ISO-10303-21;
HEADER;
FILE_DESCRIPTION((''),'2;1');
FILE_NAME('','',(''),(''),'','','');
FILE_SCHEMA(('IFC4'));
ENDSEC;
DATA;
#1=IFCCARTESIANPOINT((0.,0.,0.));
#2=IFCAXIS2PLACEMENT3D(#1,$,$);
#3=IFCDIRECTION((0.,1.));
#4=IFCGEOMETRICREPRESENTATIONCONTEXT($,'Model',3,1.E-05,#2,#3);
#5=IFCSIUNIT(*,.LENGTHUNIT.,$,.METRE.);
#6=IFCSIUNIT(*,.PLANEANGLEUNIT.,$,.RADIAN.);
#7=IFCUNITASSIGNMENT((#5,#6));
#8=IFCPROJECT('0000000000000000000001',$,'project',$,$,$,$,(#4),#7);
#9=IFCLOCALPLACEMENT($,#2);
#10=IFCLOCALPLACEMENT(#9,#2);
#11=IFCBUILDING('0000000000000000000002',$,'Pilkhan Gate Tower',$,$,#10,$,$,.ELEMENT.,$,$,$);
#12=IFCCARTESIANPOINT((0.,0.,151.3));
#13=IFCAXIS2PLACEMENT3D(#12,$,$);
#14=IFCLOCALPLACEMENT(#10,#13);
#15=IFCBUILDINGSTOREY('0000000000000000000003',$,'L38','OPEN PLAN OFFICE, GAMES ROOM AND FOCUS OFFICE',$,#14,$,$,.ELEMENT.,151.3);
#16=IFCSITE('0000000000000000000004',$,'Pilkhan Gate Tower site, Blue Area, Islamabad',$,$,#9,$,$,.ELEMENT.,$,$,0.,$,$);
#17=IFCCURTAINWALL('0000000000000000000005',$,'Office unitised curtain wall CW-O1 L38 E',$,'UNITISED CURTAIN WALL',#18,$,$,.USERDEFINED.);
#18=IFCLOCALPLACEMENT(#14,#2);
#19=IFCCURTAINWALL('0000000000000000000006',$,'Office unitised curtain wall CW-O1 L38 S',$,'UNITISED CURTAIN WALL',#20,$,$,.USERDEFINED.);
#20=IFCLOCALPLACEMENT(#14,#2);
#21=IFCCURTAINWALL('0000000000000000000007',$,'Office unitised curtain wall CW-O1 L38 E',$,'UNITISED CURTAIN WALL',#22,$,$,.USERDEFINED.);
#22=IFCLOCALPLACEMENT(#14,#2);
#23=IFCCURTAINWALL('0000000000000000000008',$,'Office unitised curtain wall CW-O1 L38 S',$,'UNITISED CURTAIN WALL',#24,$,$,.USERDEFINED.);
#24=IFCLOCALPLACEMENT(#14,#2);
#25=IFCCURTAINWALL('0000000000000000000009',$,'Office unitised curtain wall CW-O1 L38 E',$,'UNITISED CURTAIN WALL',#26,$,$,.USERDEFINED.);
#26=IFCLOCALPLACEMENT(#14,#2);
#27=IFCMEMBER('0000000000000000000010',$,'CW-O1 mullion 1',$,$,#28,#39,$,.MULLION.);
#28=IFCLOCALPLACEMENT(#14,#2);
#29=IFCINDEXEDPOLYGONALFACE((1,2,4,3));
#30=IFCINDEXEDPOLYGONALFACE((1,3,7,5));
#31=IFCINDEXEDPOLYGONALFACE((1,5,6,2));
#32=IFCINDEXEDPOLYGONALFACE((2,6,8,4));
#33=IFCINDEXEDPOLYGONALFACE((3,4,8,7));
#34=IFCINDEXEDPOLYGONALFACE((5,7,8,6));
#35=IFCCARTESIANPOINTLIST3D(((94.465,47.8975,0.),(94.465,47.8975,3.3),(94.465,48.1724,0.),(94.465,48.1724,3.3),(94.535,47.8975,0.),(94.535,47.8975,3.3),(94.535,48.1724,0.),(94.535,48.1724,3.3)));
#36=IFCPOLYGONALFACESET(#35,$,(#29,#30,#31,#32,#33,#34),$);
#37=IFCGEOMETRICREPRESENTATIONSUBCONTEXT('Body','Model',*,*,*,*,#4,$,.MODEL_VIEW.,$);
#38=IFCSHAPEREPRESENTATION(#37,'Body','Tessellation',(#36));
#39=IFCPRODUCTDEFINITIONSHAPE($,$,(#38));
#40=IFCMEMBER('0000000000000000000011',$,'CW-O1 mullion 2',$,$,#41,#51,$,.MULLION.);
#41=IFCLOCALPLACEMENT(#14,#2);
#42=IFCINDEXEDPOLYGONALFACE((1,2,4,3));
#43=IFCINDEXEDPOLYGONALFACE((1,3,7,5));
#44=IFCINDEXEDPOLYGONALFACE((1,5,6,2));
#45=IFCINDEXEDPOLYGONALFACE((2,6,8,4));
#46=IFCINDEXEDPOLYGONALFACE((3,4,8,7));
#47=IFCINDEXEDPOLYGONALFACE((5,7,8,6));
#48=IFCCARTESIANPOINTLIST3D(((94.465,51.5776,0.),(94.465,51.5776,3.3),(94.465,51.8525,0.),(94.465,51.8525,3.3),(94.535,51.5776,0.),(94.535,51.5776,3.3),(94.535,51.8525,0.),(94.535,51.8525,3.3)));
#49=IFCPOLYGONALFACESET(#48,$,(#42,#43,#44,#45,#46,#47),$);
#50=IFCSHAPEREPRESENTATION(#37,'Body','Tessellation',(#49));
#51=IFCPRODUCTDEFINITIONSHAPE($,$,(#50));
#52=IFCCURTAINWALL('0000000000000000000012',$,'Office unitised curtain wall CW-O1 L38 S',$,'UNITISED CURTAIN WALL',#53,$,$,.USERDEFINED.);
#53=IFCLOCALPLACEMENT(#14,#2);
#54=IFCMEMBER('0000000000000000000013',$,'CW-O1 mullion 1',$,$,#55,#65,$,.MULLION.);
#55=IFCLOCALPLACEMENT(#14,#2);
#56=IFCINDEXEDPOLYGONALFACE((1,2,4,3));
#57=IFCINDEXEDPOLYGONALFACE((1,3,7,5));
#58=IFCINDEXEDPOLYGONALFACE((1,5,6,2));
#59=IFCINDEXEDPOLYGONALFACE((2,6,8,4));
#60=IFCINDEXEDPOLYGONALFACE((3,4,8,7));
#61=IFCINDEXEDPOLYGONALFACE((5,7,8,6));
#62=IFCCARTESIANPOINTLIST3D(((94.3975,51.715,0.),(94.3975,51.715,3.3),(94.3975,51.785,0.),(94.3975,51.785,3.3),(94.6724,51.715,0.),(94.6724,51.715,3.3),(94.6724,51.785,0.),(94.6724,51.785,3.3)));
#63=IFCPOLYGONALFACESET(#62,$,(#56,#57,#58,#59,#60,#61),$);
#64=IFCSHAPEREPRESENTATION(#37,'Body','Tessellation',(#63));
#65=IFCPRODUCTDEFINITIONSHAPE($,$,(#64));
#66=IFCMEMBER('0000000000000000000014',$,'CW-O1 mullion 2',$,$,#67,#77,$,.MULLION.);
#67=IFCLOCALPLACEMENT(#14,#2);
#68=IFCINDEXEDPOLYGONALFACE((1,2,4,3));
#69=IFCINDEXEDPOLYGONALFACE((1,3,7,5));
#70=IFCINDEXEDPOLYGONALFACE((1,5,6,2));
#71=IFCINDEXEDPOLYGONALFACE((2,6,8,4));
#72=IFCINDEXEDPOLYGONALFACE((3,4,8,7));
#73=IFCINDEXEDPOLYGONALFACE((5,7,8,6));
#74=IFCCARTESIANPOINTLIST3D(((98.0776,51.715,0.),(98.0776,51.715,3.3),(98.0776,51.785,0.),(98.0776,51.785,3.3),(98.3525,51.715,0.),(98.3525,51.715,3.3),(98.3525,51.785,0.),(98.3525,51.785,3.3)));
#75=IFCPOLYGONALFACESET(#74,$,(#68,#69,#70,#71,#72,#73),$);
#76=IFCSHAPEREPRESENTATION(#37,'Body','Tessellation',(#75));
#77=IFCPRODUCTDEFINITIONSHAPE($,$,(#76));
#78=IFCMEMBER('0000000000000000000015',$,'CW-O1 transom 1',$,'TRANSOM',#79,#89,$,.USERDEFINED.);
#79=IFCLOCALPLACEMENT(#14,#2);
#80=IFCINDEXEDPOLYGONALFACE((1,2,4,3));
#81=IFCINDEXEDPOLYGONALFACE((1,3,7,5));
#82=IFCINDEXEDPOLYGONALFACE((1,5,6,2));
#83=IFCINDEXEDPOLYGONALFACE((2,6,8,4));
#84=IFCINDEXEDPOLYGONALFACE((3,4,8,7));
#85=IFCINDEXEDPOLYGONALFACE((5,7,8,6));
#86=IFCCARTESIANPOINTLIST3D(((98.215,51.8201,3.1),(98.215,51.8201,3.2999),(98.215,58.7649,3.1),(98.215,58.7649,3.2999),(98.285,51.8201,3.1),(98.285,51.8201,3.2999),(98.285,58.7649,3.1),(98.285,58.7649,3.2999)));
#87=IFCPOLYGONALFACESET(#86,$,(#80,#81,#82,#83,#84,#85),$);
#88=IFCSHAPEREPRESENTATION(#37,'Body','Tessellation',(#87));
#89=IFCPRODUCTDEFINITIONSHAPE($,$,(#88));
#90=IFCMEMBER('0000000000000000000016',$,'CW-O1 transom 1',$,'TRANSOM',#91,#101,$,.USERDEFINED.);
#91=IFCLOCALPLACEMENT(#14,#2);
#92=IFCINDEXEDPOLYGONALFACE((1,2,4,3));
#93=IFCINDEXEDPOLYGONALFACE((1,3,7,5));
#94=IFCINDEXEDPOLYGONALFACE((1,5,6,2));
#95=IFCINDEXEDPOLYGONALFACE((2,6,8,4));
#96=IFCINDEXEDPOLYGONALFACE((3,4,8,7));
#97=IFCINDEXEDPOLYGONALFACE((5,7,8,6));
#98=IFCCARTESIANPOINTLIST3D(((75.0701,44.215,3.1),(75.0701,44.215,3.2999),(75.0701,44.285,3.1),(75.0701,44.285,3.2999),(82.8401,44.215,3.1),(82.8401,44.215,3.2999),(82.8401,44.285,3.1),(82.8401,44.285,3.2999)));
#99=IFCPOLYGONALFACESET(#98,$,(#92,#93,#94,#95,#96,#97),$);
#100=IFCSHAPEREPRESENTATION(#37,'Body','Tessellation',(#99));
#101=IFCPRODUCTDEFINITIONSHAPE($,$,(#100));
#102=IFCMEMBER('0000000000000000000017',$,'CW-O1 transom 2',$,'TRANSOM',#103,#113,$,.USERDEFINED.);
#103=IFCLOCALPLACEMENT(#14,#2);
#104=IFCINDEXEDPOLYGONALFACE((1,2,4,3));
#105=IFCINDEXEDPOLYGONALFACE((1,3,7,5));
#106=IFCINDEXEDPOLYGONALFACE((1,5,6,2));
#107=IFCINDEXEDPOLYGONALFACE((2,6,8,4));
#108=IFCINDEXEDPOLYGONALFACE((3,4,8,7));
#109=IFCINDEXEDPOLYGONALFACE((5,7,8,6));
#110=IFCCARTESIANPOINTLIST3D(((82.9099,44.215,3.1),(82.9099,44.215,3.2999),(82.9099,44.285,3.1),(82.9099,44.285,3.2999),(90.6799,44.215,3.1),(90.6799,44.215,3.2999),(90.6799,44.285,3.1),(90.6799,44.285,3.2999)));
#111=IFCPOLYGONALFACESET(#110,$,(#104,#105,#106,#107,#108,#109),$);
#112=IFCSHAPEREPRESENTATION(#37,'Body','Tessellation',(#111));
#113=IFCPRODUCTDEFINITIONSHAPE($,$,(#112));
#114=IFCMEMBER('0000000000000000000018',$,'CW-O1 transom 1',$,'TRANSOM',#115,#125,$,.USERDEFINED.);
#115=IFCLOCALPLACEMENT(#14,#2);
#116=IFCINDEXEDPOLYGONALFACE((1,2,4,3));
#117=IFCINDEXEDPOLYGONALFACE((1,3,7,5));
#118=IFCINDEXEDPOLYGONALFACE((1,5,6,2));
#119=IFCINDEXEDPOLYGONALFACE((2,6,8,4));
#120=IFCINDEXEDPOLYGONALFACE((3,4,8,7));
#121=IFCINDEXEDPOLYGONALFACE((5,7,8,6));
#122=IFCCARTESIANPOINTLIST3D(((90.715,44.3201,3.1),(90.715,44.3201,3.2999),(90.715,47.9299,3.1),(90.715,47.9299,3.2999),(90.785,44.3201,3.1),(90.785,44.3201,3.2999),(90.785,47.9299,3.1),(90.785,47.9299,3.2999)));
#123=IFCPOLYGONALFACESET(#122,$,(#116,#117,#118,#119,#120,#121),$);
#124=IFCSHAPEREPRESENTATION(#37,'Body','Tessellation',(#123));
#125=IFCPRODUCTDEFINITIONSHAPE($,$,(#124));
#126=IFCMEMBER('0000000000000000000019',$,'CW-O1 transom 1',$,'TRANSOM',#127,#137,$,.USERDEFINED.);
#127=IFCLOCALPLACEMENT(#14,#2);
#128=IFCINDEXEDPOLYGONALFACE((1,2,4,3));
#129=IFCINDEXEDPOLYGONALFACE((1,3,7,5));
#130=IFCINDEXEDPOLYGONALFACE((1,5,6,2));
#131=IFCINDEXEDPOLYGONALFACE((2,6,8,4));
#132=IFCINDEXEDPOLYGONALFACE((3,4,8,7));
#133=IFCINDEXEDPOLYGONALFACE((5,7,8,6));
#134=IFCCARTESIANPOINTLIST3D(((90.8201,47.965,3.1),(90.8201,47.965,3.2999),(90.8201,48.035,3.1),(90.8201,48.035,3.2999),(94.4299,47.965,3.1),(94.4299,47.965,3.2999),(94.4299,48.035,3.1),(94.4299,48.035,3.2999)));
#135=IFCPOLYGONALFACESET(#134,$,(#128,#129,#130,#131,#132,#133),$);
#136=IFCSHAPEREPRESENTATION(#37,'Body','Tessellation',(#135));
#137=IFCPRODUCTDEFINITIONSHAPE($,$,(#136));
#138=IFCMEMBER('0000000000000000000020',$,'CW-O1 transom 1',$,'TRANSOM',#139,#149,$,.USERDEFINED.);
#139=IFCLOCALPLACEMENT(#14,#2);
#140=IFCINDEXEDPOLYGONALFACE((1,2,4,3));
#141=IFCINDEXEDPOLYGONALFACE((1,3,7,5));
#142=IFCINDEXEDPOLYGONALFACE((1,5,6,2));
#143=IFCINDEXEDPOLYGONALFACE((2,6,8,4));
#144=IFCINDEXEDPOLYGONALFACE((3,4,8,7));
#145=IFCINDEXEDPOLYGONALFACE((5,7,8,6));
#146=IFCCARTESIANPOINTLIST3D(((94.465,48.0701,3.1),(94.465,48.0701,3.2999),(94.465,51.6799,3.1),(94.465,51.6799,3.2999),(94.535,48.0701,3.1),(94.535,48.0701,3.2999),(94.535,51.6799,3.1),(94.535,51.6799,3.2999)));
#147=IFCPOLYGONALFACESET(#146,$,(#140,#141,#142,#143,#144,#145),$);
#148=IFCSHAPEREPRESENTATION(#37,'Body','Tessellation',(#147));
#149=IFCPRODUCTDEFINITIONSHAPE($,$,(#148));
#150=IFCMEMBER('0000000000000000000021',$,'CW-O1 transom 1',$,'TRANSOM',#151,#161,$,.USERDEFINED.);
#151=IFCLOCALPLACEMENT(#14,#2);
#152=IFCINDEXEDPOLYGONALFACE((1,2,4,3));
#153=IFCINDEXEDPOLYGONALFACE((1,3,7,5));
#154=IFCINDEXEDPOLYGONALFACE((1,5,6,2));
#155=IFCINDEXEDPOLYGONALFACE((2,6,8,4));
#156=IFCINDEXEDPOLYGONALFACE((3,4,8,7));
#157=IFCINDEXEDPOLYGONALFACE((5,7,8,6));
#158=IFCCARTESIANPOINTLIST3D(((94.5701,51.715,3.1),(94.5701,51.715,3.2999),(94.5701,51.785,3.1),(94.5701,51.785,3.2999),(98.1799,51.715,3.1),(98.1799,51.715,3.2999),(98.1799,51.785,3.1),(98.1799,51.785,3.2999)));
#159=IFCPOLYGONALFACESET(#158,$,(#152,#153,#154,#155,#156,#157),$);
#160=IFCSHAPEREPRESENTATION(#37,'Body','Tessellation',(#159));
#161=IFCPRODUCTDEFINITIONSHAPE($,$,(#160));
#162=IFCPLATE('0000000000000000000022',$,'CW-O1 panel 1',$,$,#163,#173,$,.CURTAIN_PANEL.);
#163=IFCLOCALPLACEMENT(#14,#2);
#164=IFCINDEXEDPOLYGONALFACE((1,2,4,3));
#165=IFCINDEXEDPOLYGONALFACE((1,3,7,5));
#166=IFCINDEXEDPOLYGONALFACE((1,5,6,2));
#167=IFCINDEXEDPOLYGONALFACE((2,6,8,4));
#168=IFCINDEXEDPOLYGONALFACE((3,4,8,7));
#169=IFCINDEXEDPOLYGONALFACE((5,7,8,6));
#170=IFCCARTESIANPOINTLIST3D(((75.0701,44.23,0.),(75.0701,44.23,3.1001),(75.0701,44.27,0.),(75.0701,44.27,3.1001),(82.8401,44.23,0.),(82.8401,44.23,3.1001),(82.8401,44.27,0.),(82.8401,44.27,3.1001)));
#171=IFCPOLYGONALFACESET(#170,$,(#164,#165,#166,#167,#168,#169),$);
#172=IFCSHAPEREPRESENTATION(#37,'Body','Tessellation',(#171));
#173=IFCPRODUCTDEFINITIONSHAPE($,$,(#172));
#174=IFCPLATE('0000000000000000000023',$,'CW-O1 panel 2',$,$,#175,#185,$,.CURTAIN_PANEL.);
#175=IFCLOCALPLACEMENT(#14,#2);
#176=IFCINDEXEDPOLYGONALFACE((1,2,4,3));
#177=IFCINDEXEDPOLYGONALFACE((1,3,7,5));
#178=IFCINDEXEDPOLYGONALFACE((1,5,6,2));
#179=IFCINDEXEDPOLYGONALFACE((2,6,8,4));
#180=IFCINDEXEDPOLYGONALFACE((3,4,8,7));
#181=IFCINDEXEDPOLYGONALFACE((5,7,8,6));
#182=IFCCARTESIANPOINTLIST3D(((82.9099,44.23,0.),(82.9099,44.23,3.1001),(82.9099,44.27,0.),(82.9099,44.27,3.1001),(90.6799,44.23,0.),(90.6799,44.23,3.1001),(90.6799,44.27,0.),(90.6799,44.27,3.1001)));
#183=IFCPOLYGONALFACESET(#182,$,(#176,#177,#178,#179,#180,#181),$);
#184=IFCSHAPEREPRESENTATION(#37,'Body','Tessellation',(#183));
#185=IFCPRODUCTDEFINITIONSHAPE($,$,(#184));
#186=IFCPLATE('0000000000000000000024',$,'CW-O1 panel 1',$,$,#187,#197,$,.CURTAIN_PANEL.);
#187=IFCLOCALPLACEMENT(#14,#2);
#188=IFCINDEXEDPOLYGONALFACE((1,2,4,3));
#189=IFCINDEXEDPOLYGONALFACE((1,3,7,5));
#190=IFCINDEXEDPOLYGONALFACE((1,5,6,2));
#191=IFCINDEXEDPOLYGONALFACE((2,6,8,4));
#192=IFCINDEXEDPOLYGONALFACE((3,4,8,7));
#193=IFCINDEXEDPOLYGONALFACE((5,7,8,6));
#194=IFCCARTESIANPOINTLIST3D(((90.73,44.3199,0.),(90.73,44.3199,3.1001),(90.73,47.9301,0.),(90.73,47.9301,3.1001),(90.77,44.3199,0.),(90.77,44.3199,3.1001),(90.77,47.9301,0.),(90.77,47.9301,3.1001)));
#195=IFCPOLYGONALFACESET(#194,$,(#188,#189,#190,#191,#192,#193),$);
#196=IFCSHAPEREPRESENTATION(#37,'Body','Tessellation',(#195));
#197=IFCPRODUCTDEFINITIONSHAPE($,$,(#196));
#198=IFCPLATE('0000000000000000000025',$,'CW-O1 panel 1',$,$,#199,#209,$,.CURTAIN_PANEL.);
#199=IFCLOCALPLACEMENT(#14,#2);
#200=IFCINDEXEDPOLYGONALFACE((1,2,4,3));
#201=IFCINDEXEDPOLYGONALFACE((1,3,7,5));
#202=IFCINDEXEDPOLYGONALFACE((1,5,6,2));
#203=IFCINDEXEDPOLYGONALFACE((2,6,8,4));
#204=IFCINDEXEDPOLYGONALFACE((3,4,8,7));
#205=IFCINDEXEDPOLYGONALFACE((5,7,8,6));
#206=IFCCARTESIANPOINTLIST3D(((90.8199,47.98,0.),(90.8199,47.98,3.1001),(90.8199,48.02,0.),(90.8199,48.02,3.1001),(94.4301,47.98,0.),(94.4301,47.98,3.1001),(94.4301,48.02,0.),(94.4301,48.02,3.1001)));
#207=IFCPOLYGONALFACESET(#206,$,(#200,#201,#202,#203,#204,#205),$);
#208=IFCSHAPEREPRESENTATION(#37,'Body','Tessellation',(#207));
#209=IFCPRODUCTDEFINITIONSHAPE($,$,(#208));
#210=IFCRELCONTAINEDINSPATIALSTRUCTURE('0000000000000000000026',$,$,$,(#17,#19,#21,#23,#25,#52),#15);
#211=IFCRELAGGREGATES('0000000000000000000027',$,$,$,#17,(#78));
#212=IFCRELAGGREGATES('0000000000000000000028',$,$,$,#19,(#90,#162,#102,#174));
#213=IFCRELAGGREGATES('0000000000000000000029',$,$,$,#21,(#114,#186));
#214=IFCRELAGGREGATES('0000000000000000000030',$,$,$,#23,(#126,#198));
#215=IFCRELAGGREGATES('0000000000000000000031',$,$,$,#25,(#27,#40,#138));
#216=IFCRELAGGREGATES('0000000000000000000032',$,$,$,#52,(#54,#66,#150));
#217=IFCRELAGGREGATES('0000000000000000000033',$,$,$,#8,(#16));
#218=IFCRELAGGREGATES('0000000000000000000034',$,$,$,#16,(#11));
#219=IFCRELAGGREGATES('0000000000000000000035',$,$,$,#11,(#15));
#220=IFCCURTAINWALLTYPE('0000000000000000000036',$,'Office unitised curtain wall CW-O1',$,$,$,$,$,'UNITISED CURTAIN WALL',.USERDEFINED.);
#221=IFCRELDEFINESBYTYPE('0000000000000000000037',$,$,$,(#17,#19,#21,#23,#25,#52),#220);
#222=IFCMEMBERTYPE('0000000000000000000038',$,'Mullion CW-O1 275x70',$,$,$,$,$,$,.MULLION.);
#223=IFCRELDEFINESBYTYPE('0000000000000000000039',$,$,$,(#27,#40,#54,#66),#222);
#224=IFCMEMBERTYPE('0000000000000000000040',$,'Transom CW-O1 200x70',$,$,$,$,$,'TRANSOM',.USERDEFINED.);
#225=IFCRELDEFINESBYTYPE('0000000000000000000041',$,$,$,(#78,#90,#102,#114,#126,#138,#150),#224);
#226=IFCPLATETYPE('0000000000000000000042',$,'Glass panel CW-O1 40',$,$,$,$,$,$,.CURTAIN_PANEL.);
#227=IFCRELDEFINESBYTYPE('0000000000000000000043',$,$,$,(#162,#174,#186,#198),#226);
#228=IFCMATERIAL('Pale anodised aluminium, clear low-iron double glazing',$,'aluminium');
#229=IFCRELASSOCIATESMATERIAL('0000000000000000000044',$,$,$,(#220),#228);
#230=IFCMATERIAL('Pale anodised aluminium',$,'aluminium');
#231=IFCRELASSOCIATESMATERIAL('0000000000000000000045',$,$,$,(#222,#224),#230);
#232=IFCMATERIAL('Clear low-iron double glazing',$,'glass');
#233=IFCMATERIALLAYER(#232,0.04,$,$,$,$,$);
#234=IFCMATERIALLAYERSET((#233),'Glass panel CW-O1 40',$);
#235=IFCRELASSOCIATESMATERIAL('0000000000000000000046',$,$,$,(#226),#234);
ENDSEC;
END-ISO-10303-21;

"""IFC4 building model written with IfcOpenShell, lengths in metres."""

from ifc_helpers import new_model, si_unit, direction, frame, origin, origin_2d, place, context, subcontext, project, spatial, rectangle, extrude, material, layer, layer_set, material_profile, profile_set, type_object, element, aggregate, save


model = new_model("IFC4")

# Units and contexts
model_context = context("Model", 3, precision=1e-05, world=origin(), true_north=direction((0.0, 1.0)))
body_context = subcontext(model_context, "Body", "Model", "MODEL_VIEW")
ifc_project = project(units=[si_unit("LENGTHUNIT", "METRE"), si_unit("PLANEANGLEUNIT", "RADIAN")], contexts=[model_context])

# Site, building, storey
site_placement = place(None, origin())
site = spatial("IfcSite", under=ifc_project, at=site_placement, Name="Pilkhan Gate Tower site, Blue Area, Islamabad", CompositionType="ELEMENT", RefElevation=0.0)
building_placement = place(site_placement, origin())
building = spatial("IfcBuilding", under=site, at=building_placement, Name="Pilkhan Gate Tower", CompositionType="ELEMENT")
storey_placement = place(building_placement, frame((0.0, 0.0, 151.3)))
storey = spatial("IfcBuildingStorey", under=building, at=storey_placement, Name="L38", Description="OPEN PLAN OFFICE, GAMES ROOM AND FOCUS OFFICE", CompositionType="ELEMENT", Elevation=151.3)

# Curtain wall
ifc_material_1 = material(Name="Pale anodised aluminium, clear low-iron double glazing", Category="aluminium")
curtain_wall_type = type_object("IfcCurtainWallType", Name="Office unitised curtain wall CW-O1", ElementType="UNITISED CURTAIN WALL", PredefinedType="USERDEFINED", material=ifc_material_1)
curtain_wall_1_placement = place(storey_placement, origin())
curtain_wall_1 = element("IfcCurtainWall", 1, at=curtain_wall_1_placement, inside=storey, type_object=curtain_wall_type, Name="Office unitised curtain wall CW-O1 L38 E", ObjectType="UNITISED CURTAIN WALL", PredefinedType="USERDEFINED")
ifc_material_2 = material(Name="Pale anodised aluminium", Category="aluminium")
ifc_material_profile_1 = material_profile(ifc_material_2, rectangle(XDim=0.0701, YDim=0.2749, at=origin_2d()), Name="Mullion 275x70")
ifc_profile_set_1 = profile_set([ifc_material_profile_1], Name="Pale anodised aluminium")
member_type_1 = type_object("IfcMemberType", Name="Mullion CW-O1 275x70", PredefinedType="MULLION", material=ifc_profile_set_1)

# Curtain walls, members
curtain_wall_2_placement = place(storey_placement, origin())
curtain_wall_2 = element("IfcCurtainWall", 2, at=curtain_wall_2_placement, inside=storey, type_object=curtain_wall_type, Name="Office unitised curtain wall CW-O1 L38 S", ObjectType="UNITISED CURTAIN WALL", PredefinedType="USERDEFINED")
curtain_wall_3_placement = place(storey_placement, origin())
curtain_wall_3 = element("IfcCurtainWall", 3, at=curtain_wall_3_placement, inside=storey, type_object=curtain_wall_type, Name="Office unitised curtain wall CW-O1 L38 E", ObjectType="UNITISED CURTAIN WALL", PredefinedType="USERDEFINED")
curtain_wall_4_placement = place(storey_placement, origin())
curtain_wall_4 = element("IfcCurtainWall", 4, at=curtain_wall_4_placement, inside=storey, type_object=curtain_wall_type, Name="Office unitised curtain wall CW-O1 L38 S", ObjectType="UNITISED CURTAIN WALL", PredefinedType="USERDEFINED")
curtain_wall_5_placement = place(storey_placement, origin())
curtain_wall_5 = element("IfcCurtainWall", 5, at=curtain_wall_5_placement, inside=storey, type_object=curtain_wall_type, Name="Office unitised curtain wall CW-O1 L38 E", ObjectType="UNITISED CURTAIN WALL", PredefinedType="USERDEFINED")
member_1_placement = place(storey_placement, frame((94.5, 48.0349, 0.0), z_axis=(0.0, 0.0, 1.0), x_axis=(-1.0, 0.0, 0.0)))
member_1 = element("IfcMember", 6, at=member_1_placement, type_object=member_type_1, Name="CW-O1 mullion 1", PredefinedType="MULLION", context=body_context, shape_type="SweptSolid", body=[
    extrude(rectangle(XDim=0.0701, YDim=0.2749, at=origin_2d()), origin(), (0.0, 0.0, 1.0), 3.3),
])
member_2_placement = place(storey_placement, frame((94.5, 51.7151, 0.0), z_axis=(0.0, 0.0, 1.0), x_axis=(-1.0, 0.0, 0.0)))
member_2 = element("IfcMember", 7, at=member_2_placement, type_object=member_type_1, Name="CW-O1 mullion 2", PredefinedType="MULLION", context=body_context, shape_type="SweptSolid", body=[
    extrude(rectangle(XDim=0.0701, YDim=0.2749, at=origin_2d()), origin(), (0.0, 0.0, 1.0), 3.3),
])
curtain_wall_6_placement = place(storey_placement, origin())
curtain_wall_6 = element("IfcCurtainWall", 8, at=curtain_wall_6_placement, inside=storey, type_object=curtain_wall_type, Name="Office unitised curtain wall CW-O1 L38 S", ObjectType="UNITISED CURTAIN WALL", PredefinedType="USERDEFINED")
member_3_placement = place(storey_placement, frame((94.5349, 51.75, 0.0), z_axis=(0.0, 0.0, 1.0), x_axis=(0.0, 1.0, 0.0)))
member_3 = element("IfcMember", 9, at=member_3_placement, type_object=member_type_1, Name="CW-O1 mullion 1", PredefinedType="MULLION", context=body_context, shape_type="SweptSolid", body=[
    extrude(rectangle(XDim=0.0701, YDim=0.2749, at=origin_2d()), origin(), (0.0, 0.0, 1.0), 3.3),
])
member_4_placement = place(storey_placement, frame((98.2151, 51.75, 0.0), z_axis=(0.0, 0.0, 1.0), x_axis=(0.0, 1.0, 0.0)))
member_4 = element("IfcMember", 10, at=member_4_placement, type_object=member_type_1, Name="CW-O1 mullion 2", PredefinedType="MULLION", context=body_context, shape_type="SweptSolid", body=[
    extrude(rectangle(XDim=0.0701, YDim=0.2749, at=origin_2d()), origin(), (0.0, 0.0, 1.0), 3.3),
])

# Members
ifc_material_profile_2 = material_profile(ifc_material_2, rectangle(XDim=0.0701, YDim=0.2, at=origin_2d()), Name="Transom 200x70")
ifc_profile_set_2 = profile_set([ifc_material_profile_2], Name="Pale anodised aluminium")
member_type_2 = type_object("IfcMemberType", Name="Transom CW-O1 200x70", ElementType="TRANSOM", PredefinedType="USERDEFINED", material=ifc_profile_set_2)
member_5_placement = place(storey_placement, frame((98.25, 51.8201, 3.2), z_axis=(0.0, 1.0, 0.0), x_axis=(-1.0, 0.0, 0.0)))
member_5 = element("IfcMember", 11, at=member_5_placement, type_object=member_type_2, Name="CW-O1 transom 1", ObjectType="TRANSOM", PredefinedType="USERDEFINED", context=body_context, shape_type="SweptSolid", body=[
    extrude(rectangle(XDim=0.0701, YDim=0.2, at=origin_2d()), origin(), (0.0, 0.0, 1.0), 6.9448),
])
aggregate(curtain_wall_1, [member_5])
member_6_placement = place(storey_placement, frame((75.0701, 44.25, 3.2), z_axis=(1.0, 0.0, 0.0), x_axis=(0.0, 1.0, 0.0)))
member_6 = element("IfcMember", 12, at=member_6_placement, type_object=member_type_2, Name="CW-O1 transom 1", ObjectType="TRANSOM", PredefinedType="USERDEFINED", context=body_context, shape_type="SweptSolid", body=[
    extrude(rectangle(XDim=0.0701, YDim=0.2, at=origin_2d()), origin(), (0.0, 0.0, 1.0), 7.77),
])
member_7_placement = place(storey_placement, frame((82.9099, 44.25, 3.2), z_axis=(1.0, 0.0, 0.0), x_axis=(0.0, 1.0, 0.0)))
member_7 = element("IfcMember", 13, at=member_7_placement, type_object=member_type_2, Name="CW-O1 transom 2", ObjectType="TRANSOM", PredefinedType="USERDEFINED", context=body_context, shape_type="SweptSolid", body=[
    extrude(rectangle(XDim=0.0701, YDim=0.2, at=origin_2d()), origin(), (0.0, 0.0, 1.0), 7.77),
])
member_8_placement = place(storey_placement, frame((90.75, 44.3201, 3.2), z_axis=(0.0, 1.0, 0.0), x_axis=(-1.0, 0.0, 0.0)))
member_8 = element("IfcMember", 14, at=member_8_placement, type_object=member_type_2, Name="CW-O1 transom 1", ObjectType="TRANSOM", PredefinedType="USERDEFINED", context=body_context, shape_type="SweptSolid", body=[
    extrude(rectangle(XDim=0.0701, YDim=0.2, at=origin_2d()), origin(), (0.0, 0.0, 1.0), 3.6099),
])
member_9_placement = place(storey_placement, frame((90.8201, 48.0, 3.2), z_axis=(1.0, 0.0, 0.0), x_axis=(0.0, 1.0, 0.0)))
member_9 = element("IfcMember", 15, at=member_9_placement, type_object=member_type_2, Name="CW-O1 transom 1", ObjectType="TRANSOM", PredefinedType="USERDEFINED", context=body_context, shape_type="SweptSolid", body=[
    extrude(rectangle(XDim=0.0701, YDim=0.2, at=origin_2d()), origin(), (0.0, 0.0, 1.0), 3.6099),
])
member_10_placement = place(storey_placement, frame((94.5, 48.0701, 3.2), z_axis=(0.0, 1.0, 0.0), x_axis=(-1.0, 0.0, 0.0)))
member_10 = element("IfcMember", 16, at=member_10_placement, type_object=member_type_2, Name="CW-O1 transom 1", ObjectType="TRANSOM", PredefinedType="USERDEFINED", context=body_context, shape_type="SweptSolid", body=[
    extrude(rectangle(XDim=0.0701, YDim=0.2, at=origin_2d()), origin(), (0.0, 0.0, 1.0), 3.6099),
])
member_11_placement = place(storey_placement, frame((94.5701, 51.75, 3.2), z_axis=(1.0, 0.0, 0.0), x_axis=(0.0, 1.0, 0.0)))
member_11 = element("IfcMember", 17, at=member_11_placement, type_object=member_type_2, Name="CW-O1 transom 1", ObjectType="TRANSOM", PredefinedType="USERDEFINED", context=body_context, shape_type="SweptSolid", body=[
    extrude(rectangle(XDim=0.0701, YDim=0.2, at=origin_2d()), origin(), (0.0, 0.0, 1.0), 3.6099),
])

# Plates
ifc_material_3 = material(Name="Clear low-iron double glazing", Category="glass")
ifc_layer_1 = layer(ifc_material_3, 0.04)
ifc_layer_set_1 = layer_set([ifc_layer_1], Name="Glass panel CW-O1 40")
plate_type = type_object("IfcPlateType", Name="Glass panel CW-O1 40", PredefinedType="CURTAIN_PANEL", material=ifc_layer_set_1)
plate_1_placement = place(storey_placement, frame((78.9551, 44.25, 0.0), z_axis=(0.0, 0.0, 1.0), x_axis=(1.0, 0.0, 0.0)))
plate_1 = element("IfcPlate", 18, at=plate_1_placement, type_object=plate_type, Name="CW-O1 panel 1", PredefinedType="CURTAIN_PANEL", context=body_context, shape_type="SweptSolid", body=[
    extrude(rectangle(XDim=7.77, YDim=0.04, at=origin_2d()), origin(), (0.0, 0.0, 1.0), 3.1001),
])
plate_2_placement = place(storey_placement, frame((86.7949, 44.25, 0.0), z_axis=(0.0, 0.0, 1.0), x_axis=(1.0, 0.0, 0.0)))
plate_2 = element("IfcPlate", 19, at=plate_2_placement, type_object=plate_type, Name="CW-O1 panel 2", PredefinedType="CURTAIN_PANEL", context=body_context, shape_type="SweptSolid", body=[
    extrude(rectangle(XDim=7.77, YDim=0.04, at=origin_2d()), origin(), (0.0, 0.0, 1.0), 3.1001),
])
aggregate(curtain_wall_2, [member_6, plate_1, member_7, plate_2])
plate_3_placement = place(storey_placement, frame((90.75, 46.125, 0.0), z_axis=(0.0, 0.0, 1.0), x_axis=(0.0, 1.0, 0.0)))
plate_3 = element("IfcPlate", 20, at=plate_3_placement, type_object=plate_type, Name="CW-O1 panel 1", PredefinedType="CURTAIN_PANEL", context=body_context, shape_type="SweptSolid", body=[
    extrude(rectangle(XDim=3.6101, YDim=0.04, at=origin_2d()), origin(), (0.0, 0.0, 1.0), 3.1001),
])
aggregate(curtain_wall_3, [member_8, plate_3])
plate_4_placement = place(storey_placement, frame((92.625, 48.0, 0.0), z_axis=(0.0, 0.0, 1.0), x_axis=(1.0, 0.0, 0.0)))
plate_4 = element("IfcPlate", 21, at=plate_4_placement, type_object=plate_type, Name="CW-O1 panel 1", PredefinedType="CURTAIN_PANEL", context=body_context, shape_type="SweptSolid", body=[
    extrude(rectangle(XDim=3.6101, YDim=0.04, at=origin_2d()), origin(), (0.0, 0.0, 1.0), 3.1001),
])
aggregate(curtain_wall_4, [member_9, plate_4])
aggregate(curtain_wall_5, [member_1, member_2, member_10])
aggregate(curtain_wall_6, [member_3, member_4, member_11])

save(model, "model.ifc")
